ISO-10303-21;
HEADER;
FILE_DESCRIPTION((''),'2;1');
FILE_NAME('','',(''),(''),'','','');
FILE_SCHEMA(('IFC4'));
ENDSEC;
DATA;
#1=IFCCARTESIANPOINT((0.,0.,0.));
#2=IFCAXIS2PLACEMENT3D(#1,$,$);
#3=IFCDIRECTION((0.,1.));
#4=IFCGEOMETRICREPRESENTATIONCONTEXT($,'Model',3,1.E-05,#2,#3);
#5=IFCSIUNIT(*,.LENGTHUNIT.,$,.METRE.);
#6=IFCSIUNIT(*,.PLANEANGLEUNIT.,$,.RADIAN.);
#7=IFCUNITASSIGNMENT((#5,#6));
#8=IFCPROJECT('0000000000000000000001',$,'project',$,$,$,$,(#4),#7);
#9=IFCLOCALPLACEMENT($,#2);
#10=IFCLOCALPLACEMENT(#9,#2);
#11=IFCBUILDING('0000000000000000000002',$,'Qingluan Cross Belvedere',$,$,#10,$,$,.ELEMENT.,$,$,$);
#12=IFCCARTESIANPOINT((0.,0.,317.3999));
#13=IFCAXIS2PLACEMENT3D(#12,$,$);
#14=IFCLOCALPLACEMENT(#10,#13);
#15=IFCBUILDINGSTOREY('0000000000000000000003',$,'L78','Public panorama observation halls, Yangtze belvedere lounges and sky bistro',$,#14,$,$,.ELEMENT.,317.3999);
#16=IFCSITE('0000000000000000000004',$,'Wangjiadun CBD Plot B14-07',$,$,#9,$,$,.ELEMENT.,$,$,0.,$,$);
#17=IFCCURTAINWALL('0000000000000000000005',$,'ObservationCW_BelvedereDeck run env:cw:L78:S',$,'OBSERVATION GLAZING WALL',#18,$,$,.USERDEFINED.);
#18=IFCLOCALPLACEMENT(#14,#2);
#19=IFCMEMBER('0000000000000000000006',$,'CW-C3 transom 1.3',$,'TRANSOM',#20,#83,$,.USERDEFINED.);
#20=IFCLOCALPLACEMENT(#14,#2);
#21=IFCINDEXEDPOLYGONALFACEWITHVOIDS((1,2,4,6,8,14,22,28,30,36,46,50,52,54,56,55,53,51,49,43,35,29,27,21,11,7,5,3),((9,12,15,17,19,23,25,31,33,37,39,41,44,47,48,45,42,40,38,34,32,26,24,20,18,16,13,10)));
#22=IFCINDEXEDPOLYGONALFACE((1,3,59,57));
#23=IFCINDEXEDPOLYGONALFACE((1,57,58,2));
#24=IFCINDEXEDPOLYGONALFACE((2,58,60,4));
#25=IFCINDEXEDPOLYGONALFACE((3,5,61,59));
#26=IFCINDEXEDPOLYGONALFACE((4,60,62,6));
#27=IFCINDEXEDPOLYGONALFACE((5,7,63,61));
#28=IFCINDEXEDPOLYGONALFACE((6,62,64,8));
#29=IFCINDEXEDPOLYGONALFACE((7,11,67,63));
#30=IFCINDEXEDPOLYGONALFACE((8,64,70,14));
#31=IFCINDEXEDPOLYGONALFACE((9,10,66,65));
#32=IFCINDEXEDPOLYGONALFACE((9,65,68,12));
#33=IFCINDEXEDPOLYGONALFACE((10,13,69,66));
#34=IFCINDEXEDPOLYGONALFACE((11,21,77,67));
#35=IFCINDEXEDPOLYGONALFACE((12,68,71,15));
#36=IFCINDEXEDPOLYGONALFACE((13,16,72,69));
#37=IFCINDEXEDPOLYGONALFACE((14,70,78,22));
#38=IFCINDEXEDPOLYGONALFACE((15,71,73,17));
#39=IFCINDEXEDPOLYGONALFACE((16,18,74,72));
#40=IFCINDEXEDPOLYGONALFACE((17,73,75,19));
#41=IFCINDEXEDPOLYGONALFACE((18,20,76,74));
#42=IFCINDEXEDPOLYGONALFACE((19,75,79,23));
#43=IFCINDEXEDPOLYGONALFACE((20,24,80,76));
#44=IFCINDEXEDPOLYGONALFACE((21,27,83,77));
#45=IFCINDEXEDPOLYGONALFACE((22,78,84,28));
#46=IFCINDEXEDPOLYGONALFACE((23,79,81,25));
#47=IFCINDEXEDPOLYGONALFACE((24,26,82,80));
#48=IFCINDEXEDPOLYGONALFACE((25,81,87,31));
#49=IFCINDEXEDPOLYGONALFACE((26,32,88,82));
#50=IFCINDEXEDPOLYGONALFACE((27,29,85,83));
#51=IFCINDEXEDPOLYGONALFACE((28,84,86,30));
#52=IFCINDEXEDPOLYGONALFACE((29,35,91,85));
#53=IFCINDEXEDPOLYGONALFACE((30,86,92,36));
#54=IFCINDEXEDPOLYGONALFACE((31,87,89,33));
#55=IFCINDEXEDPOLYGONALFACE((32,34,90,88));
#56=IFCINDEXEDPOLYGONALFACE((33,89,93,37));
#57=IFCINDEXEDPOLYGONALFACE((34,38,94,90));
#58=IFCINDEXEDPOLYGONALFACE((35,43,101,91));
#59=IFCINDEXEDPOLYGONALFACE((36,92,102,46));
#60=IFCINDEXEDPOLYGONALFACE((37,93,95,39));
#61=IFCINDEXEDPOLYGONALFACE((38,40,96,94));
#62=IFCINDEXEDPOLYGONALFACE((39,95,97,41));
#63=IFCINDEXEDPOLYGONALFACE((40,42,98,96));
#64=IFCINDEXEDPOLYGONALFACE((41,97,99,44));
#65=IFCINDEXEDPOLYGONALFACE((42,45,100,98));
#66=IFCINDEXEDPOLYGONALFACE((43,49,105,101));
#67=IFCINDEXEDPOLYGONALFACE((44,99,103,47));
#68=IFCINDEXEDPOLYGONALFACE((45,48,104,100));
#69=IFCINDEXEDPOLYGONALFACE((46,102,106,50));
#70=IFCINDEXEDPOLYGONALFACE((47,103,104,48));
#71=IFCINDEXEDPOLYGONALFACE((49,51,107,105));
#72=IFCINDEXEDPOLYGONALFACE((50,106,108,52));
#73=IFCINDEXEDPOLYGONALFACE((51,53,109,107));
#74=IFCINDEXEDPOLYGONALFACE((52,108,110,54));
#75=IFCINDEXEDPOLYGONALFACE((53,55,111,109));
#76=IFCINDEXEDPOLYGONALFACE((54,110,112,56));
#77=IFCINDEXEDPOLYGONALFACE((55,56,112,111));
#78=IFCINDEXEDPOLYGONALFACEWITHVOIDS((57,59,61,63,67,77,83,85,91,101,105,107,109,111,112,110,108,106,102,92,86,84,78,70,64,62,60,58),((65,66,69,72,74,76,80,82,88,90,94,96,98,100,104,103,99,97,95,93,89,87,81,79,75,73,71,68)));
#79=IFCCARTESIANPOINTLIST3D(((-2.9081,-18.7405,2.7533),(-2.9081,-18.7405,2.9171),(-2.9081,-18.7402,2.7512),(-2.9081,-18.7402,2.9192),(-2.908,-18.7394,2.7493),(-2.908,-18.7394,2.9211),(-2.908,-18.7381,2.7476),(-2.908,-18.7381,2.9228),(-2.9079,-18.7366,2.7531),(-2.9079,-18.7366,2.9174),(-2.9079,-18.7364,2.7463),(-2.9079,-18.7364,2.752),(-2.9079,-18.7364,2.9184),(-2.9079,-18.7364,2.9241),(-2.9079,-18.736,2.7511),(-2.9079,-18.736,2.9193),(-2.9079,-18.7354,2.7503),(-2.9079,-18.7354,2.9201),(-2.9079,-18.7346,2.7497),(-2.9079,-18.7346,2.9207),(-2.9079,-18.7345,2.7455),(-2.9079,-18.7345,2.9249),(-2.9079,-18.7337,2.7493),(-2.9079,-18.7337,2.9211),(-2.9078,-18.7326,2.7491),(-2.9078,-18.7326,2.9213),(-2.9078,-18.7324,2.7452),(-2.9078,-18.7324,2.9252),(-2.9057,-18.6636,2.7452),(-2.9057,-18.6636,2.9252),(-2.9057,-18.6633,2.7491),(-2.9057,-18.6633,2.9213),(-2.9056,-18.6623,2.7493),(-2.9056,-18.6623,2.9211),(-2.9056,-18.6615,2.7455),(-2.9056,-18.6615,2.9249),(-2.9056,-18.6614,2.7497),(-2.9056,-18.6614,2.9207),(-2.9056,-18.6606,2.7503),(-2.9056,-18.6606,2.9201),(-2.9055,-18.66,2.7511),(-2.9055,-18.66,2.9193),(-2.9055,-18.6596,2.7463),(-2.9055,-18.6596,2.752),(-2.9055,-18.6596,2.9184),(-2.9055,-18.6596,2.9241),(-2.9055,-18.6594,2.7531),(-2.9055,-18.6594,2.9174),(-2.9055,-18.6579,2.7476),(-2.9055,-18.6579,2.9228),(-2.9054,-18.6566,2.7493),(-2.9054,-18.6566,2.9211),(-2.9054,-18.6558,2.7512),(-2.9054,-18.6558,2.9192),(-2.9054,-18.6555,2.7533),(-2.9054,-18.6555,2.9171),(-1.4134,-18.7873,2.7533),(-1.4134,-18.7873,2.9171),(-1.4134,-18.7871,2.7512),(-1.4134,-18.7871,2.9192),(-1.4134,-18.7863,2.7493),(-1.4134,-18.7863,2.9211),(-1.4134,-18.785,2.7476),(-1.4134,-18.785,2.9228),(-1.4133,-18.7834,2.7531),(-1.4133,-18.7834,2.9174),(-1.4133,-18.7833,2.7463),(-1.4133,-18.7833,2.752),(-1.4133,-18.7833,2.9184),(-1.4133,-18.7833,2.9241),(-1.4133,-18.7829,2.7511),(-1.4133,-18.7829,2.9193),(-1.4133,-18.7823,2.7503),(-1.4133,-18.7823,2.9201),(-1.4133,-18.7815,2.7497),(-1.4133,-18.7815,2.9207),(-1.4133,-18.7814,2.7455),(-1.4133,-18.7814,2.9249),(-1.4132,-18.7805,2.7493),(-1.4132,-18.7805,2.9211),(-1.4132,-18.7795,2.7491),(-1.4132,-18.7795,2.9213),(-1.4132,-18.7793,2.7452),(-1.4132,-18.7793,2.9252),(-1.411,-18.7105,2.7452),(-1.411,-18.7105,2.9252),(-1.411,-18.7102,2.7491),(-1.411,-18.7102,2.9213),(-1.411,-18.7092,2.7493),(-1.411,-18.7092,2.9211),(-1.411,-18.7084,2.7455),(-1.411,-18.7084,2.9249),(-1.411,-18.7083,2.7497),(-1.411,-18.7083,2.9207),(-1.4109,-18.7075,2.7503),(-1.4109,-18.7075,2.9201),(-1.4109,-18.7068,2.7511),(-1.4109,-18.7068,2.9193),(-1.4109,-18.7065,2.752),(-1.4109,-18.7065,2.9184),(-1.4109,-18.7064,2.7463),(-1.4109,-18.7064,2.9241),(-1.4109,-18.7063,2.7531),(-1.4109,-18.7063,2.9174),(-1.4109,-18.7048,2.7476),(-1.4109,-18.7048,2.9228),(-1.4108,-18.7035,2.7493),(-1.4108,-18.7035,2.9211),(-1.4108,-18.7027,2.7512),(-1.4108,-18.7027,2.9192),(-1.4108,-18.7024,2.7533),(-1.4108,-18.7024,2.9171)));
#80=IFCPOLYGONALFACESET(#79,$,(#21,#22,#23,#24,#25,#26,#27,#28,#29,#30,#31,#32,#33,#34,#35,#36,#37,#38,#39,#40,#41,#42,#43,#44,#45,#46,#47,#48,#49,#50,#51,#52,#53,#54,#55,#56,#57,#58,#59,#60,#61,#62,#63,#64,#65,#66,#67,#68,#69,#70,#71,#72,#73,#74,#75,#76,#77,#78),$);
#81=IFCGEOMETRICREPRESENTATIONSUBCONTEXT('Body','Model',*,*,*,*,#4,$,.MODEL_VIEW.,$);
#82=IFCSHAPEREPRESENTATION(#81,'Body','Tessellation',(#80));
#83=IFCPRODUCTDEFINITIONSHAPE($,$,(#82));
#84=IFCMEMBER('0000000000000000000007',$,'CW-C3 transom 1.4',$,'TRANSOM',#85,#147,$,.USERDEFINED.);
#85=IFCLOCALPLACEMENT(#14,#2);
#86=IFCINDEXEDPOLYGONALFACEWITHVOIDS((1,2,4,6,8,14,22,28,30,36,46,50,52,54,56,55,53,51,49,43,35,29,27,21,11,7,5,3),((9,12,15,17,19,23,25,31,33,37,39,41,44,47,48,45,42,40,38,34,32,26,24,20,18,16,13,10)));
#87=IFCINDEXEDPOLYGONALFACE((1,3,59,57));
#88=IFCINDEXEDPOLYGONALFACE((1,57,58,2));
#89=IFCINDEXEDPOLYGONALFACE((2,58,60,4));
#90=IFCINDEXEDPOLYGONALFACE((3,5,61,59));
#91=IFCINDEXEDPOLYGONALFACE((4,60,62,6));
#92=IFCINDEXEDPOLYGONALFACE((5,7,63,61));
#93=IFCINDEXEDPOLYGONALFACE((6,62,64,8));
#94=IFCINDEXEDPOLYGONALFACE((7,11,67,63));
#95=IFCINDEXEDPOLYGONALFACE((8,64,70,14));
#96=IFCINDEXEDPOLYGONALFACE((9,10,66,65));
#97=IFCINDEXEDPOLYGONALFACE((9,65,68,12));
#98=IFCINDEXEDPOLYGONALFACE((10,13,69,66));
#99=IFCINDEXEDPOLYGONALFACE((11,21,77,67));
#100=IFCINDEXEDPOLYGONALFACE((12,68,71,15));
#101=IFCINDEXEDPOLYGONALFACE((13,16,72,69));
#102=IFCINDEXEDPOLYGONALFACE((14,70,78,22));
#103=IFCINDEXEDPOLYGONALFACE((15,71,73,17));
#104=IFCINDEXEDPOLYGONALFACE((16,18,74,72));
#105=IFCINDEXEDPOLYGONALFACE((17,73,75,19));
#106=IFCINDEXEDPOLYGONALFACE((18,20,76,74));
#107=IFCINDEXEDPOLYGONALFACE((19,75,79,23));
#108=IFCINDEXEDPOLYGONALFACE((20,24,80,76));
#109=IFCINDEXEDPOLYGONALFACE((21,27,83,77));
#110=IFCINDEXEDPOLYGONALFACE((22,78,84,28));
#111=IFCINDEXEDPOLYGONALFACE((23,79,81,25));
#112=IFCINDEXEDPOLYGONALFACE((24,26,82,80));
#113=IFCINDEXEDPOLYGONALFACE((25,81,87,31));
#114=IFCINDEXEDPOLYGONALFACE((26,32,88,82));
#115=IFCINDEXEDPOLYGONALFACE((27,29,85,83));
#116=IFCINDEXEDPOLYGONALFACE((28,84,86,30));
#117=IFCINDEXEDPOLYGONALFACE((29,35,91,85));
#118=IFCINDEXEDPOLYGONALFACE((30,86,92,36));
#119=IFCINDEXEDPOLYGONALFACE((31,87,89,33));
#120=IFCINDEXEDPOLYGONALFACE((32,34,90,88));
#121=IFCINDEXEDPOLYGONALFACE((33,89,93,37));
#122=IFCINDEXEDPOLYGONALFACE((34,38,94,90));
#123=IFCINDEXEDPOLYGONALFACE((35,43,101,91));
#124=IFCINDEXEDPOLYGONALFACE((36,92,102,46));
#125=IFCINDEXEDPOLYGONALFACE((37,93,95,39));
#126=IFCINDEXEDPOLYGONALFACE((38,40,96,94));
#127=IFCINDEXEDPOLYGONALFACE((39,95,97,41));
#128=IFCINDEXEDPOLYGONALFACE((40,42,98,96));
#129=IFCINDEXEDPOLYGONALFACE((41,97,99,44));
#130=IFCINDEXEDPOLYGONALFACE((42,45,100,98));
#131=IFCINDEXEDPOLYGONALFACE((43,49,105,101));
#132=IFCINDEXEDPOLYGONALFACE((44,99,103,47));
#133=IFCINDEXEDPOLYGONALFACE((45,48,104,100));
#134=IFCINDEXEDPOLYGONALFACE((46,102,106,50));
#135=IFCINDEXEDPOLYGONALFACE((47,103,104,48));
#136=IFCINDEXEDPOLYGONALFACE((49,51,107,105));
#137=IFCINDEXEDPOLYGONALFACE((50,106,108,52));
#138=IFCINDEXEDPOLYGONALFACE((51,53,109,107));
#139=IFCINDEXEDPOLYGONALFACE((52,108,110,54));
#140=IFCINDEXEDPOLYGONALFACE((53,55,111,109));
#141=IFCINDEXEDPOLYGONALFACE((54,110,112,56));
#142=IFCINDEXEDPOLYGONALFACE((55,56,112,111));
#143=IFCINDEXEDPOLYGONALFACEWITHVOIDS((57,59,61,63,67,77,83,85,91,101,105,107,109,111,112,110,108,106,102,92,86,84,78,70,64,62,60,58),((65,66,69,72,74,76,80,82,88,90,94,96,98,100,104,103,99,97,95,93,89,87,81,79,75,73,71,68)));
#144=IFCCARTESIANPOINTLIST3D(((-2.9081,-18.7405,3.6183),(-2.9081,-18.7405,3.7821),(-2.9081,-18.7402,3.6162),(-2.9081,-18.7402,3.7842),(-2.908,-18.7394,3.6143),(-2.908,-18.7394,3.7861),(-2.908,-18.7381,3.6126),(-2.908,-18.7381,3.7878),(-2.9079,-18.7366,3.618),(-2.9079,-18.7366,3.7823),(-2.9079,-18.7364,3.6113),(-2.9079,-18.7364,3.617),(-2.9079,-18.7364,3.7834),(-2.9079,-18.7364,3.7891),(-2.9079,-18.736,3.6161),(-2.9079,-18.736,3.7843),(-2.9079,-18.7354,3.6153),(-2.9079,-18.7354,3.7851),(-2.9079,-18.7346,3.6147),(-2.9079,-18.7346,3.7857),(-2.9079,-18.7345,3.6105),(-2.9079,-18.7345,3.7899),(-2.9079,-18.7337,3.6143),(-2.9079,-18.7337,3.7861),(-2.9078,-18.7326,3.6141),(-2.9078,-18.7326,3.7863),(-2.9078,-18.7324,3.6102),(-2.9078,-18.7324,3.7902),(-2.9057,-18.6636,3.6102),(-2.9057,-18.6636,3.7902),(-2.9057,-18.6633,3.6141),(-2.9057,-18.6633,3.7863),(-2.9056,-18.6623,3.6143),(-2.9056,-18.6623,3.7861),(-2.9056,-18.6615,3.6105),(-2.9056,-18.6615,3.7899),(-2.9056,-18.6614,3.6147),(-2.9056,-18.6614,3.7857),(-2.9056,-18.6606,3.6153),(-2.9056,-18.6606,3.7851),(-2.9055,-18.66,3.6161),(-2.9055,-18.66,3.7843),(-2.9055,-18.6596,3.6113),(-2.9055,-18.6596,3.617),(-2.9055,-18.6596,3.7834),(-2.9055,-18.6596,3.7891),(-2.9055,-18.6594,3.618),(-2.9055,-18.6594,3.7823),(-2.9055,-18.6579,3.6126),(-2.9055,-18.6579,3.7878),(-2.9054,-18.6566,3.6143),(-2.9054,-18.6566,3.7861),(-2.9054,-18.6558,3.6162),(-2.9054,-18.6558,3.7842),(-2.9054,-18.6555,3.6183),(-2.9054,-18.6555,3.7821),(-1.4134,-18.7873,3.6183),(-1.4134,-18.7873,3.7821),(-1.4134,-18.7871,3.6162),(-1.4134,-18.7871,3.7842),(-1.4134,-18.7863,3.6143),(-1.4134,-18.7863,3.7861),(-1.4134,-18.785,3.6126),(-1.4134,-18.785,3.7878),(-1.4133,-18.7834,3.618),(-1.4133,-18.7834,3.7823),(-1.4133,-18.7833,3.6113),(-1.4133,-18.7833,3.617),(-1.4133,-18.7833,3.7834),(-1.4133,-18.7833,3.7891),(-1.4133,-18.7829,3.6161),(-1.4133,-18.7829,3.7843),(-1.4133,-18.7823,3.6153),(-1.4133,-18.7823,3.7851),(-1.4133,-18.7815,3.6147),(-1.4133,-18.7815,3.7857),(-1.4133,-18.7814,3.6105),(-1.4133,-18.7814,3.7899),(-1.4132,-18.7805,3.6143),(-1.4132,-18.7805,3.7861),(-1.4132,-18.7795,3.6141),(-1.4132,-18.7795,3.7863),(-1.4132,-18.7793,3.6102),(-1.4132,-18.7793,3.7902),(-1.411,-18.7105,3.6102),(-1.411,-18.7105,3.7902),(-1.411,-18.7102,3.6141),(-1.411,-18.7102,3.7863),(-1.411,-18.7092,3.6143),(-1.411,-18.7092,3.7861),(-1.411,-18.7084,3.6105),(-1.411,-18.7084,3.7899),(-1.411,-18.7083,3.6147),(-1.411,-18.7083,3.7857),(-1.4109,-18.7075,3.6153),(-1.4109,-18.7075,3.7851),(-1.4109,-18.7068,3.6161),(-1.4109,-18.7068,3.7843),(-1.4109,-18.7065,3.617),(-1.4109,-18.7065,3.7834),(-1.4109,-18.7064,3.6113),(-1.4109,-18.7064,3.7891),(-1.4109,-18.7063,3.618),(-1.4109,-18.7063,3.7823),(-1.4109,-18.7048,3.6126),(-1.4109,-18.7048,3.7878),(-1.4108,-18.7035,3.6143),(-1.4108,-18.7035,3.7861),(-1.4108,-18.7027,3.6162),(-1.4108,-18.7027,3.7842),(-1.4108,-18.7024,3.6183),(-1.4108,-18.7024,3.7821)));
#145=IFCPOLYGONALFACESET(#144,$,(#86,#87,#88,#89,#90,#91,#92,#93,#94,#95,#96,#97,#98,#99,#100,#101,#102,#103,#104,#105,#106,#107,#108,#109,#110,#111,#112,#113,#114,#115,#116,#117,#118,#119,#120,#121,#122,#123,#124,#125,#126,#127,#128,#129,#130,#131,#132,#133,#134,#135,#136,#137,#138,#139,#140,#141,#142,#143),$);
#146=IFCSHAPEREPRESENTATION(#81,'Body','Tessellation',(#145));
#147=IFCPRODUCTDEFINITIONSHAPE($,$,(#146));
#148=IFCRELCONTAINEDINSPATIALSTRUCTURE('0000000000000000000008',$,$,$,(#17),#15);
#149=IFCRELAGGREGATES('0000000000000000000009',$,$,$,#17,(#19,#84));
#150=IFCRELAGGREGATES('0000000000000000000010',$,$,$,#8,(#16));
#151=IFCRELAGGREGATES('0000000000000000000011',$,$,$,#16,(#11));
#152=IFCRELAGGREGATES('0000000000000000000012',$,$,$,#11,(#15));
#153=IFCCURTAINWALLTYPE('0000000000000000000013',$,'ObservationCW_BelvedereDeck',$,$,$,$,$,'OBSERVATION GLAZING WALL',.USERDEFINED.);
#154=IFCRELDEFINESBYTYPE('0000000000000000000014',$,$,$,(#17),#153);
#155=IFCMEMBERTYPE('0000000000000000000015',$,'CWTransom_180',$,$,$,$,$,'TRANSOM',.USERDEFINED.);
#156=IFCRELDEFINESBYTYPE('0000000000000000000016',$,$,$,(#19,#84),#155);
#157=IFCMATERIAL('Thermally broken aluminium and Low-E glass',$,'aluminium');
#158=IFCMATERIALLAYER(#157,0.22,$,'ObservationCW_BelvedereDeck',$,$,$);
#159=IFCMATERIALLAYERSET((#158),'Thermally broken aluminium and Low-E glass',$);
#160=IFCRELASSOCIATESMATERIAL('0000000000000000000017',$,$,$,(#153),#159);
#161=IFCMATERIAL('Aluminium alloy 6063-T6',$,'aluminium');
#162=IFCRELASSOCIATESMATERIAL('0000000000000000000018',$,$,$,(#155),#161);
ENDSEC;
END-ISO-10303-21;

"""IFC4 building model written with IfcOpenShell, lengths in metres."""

from ifc_helpers import new_model, si_unit, direction, frame, origin, origin_2d, place, context, subcontext, project, spatial, hollow_rectangle, extrude, material, layer, layer_set, material_profile, profile_set, type_object, element, aggregate, save


model = new_model("IFC4")

# Units and contexts
model_context = context("Model", 3, precision=1e-05, world=origin(), true_north=direction((0.0, 1.0)))
body_context = subcontext(model_context, "Body", "Model", "MODEL_VIEW")
ifc_project = project(units=[si_unit("LENGTHUNIT", "METRE"), si_unit("PLANEANGLEUNIT", "RADIAN")], contexts=[model_context])

# Site, building, storey
site_placement = place(None, origin())
site = spatial("IfcSite", under=ifc_project, at=site_placement, Name="Wangjiadun CBD Plot B14-07", CompositionType="ELEMENT", RefElevation=0.0)
building_placement = place(site_placement, origin())
building = spatial("IfcBuilding", under=site, at=building_placement, Name="Qingluan Cross Belvedere", CompositionType="ELEMENT")
storey_placement = place(building_placement, frame((0.0, 0.0, 317.3999)))
storey = spatial("IfcBuildingStorey", under=building, at=storey_placement, Name="L78", Description="Public panorama observation halls, Yangtze belvedere lounges and sky bistro", CompositionType="ELEMENT", Elevation=317.3999)

# Curtain wall, members
ifc_material_1 = material(Name="Thermally broken aluminium and Low-E glass", Category="aluminium")
ifc_layer_1 = layer(ifc_material_1, 0.22, Name="ObservationCW_BelvedereDeck")
ifc_layer_set_1 = layer_set([ifc_layer_1], Name="Thermally broken aluminium and Low-E glass")
curtain_wall_type = type_object("IfcCurtainWallType", Name="ObservationCW_BelvedereDeck", ElementType="OBSERVATION GLAZING WALL", PredefinedType="USERDEFINED", material=ifc_layer_set_1)
curtain_wall_placement = place(storey_placement, origin())
curtain_wall = element("IfcCurtainWall", 1, at=curtain_wall_placement, inside=storey, type_object=curtain_wall_type, Name="ObservationCW_BelvedereDeck run env:cw:L78:S", ObjectType="OBSERVATION GLAZING WALL", PredefinedType="USERDEFINED")
ifc_material_2 = material(Name="Aluminium alloy 6063-T6", Category="aluminium")
ifc_material_profile_1 = material_profile(ifc_material_2, hollow_rectangle(XDim=0.085, YDim=0.1799, WallThickness=0.0039, InnerFilletRadius=0.0039, OuterFilletRadius=0.0081, at=origin_2d()), Name="CWT180x85x4")
ifc_profile_set_1 = profile_set([ifc_material_profile_1], Name="Aluminium alloy 6063-T6")
member_type_1 = type_object("IfcMemberType", Name="CWTransom_180", ElementType="TRANSOM", PredefinedType="USERDEFINED", material=ifc_profile_set_1)
member_1_placement = place(storey_placement, frame((-2.9067, -18.698, 2.8352), z_axis=(0.999509, -0.031347, 0.0), x_axis=(0.031347, 0.999509, 0.0)))
member_1 = element("IfcMember", 2, at=member_1_placement, type_object=member_type_1, Name="CW-C3 transom 1.3", ObjectType="TRANSOM", PredefinedType="USERDEFINED", context=body_context, shape_type="SweptSolid", body=[
    extrude(hollow_rectangle(XDim=0.085, YDim=0.1799, WallThickness=0.0039, InnerFilletRadius=0.0039, OuterFilletRadius=0.0081, at=origin_2d()), origin(), (0.0, 0.0, 1.0), 1.4954),
])
member_2_placement = place(storey_placement, frame((-2.9067, -18.698, 3.7002), z_axis=(0.999509, -0.031347, 0.0), x_axis=(0.031347, 0.999509, 0.0)))
member_2 = element("IfcMember", 3, at=member_2_placement, type_object=member_type_1, Name="CW-C3 transom 1.4", ObjectType="TRANSOM", PredefinedType="USERDEFINED", context=body_context, shape_type="SweptSolid", body=[
    extrude(hollow_rectangle(XDim=0.085, YDim=0.1799, WallThickness=0.0039, InnerFilletRadius=0.0039, OuterFilletRadius=0.0081, at=origin_2d()), origin(), (0.0, 0.0, 1.0), 1.4954),
])
aggregate(curtain_wall, [member_1, member_2])

save(model, "model.ifc")
